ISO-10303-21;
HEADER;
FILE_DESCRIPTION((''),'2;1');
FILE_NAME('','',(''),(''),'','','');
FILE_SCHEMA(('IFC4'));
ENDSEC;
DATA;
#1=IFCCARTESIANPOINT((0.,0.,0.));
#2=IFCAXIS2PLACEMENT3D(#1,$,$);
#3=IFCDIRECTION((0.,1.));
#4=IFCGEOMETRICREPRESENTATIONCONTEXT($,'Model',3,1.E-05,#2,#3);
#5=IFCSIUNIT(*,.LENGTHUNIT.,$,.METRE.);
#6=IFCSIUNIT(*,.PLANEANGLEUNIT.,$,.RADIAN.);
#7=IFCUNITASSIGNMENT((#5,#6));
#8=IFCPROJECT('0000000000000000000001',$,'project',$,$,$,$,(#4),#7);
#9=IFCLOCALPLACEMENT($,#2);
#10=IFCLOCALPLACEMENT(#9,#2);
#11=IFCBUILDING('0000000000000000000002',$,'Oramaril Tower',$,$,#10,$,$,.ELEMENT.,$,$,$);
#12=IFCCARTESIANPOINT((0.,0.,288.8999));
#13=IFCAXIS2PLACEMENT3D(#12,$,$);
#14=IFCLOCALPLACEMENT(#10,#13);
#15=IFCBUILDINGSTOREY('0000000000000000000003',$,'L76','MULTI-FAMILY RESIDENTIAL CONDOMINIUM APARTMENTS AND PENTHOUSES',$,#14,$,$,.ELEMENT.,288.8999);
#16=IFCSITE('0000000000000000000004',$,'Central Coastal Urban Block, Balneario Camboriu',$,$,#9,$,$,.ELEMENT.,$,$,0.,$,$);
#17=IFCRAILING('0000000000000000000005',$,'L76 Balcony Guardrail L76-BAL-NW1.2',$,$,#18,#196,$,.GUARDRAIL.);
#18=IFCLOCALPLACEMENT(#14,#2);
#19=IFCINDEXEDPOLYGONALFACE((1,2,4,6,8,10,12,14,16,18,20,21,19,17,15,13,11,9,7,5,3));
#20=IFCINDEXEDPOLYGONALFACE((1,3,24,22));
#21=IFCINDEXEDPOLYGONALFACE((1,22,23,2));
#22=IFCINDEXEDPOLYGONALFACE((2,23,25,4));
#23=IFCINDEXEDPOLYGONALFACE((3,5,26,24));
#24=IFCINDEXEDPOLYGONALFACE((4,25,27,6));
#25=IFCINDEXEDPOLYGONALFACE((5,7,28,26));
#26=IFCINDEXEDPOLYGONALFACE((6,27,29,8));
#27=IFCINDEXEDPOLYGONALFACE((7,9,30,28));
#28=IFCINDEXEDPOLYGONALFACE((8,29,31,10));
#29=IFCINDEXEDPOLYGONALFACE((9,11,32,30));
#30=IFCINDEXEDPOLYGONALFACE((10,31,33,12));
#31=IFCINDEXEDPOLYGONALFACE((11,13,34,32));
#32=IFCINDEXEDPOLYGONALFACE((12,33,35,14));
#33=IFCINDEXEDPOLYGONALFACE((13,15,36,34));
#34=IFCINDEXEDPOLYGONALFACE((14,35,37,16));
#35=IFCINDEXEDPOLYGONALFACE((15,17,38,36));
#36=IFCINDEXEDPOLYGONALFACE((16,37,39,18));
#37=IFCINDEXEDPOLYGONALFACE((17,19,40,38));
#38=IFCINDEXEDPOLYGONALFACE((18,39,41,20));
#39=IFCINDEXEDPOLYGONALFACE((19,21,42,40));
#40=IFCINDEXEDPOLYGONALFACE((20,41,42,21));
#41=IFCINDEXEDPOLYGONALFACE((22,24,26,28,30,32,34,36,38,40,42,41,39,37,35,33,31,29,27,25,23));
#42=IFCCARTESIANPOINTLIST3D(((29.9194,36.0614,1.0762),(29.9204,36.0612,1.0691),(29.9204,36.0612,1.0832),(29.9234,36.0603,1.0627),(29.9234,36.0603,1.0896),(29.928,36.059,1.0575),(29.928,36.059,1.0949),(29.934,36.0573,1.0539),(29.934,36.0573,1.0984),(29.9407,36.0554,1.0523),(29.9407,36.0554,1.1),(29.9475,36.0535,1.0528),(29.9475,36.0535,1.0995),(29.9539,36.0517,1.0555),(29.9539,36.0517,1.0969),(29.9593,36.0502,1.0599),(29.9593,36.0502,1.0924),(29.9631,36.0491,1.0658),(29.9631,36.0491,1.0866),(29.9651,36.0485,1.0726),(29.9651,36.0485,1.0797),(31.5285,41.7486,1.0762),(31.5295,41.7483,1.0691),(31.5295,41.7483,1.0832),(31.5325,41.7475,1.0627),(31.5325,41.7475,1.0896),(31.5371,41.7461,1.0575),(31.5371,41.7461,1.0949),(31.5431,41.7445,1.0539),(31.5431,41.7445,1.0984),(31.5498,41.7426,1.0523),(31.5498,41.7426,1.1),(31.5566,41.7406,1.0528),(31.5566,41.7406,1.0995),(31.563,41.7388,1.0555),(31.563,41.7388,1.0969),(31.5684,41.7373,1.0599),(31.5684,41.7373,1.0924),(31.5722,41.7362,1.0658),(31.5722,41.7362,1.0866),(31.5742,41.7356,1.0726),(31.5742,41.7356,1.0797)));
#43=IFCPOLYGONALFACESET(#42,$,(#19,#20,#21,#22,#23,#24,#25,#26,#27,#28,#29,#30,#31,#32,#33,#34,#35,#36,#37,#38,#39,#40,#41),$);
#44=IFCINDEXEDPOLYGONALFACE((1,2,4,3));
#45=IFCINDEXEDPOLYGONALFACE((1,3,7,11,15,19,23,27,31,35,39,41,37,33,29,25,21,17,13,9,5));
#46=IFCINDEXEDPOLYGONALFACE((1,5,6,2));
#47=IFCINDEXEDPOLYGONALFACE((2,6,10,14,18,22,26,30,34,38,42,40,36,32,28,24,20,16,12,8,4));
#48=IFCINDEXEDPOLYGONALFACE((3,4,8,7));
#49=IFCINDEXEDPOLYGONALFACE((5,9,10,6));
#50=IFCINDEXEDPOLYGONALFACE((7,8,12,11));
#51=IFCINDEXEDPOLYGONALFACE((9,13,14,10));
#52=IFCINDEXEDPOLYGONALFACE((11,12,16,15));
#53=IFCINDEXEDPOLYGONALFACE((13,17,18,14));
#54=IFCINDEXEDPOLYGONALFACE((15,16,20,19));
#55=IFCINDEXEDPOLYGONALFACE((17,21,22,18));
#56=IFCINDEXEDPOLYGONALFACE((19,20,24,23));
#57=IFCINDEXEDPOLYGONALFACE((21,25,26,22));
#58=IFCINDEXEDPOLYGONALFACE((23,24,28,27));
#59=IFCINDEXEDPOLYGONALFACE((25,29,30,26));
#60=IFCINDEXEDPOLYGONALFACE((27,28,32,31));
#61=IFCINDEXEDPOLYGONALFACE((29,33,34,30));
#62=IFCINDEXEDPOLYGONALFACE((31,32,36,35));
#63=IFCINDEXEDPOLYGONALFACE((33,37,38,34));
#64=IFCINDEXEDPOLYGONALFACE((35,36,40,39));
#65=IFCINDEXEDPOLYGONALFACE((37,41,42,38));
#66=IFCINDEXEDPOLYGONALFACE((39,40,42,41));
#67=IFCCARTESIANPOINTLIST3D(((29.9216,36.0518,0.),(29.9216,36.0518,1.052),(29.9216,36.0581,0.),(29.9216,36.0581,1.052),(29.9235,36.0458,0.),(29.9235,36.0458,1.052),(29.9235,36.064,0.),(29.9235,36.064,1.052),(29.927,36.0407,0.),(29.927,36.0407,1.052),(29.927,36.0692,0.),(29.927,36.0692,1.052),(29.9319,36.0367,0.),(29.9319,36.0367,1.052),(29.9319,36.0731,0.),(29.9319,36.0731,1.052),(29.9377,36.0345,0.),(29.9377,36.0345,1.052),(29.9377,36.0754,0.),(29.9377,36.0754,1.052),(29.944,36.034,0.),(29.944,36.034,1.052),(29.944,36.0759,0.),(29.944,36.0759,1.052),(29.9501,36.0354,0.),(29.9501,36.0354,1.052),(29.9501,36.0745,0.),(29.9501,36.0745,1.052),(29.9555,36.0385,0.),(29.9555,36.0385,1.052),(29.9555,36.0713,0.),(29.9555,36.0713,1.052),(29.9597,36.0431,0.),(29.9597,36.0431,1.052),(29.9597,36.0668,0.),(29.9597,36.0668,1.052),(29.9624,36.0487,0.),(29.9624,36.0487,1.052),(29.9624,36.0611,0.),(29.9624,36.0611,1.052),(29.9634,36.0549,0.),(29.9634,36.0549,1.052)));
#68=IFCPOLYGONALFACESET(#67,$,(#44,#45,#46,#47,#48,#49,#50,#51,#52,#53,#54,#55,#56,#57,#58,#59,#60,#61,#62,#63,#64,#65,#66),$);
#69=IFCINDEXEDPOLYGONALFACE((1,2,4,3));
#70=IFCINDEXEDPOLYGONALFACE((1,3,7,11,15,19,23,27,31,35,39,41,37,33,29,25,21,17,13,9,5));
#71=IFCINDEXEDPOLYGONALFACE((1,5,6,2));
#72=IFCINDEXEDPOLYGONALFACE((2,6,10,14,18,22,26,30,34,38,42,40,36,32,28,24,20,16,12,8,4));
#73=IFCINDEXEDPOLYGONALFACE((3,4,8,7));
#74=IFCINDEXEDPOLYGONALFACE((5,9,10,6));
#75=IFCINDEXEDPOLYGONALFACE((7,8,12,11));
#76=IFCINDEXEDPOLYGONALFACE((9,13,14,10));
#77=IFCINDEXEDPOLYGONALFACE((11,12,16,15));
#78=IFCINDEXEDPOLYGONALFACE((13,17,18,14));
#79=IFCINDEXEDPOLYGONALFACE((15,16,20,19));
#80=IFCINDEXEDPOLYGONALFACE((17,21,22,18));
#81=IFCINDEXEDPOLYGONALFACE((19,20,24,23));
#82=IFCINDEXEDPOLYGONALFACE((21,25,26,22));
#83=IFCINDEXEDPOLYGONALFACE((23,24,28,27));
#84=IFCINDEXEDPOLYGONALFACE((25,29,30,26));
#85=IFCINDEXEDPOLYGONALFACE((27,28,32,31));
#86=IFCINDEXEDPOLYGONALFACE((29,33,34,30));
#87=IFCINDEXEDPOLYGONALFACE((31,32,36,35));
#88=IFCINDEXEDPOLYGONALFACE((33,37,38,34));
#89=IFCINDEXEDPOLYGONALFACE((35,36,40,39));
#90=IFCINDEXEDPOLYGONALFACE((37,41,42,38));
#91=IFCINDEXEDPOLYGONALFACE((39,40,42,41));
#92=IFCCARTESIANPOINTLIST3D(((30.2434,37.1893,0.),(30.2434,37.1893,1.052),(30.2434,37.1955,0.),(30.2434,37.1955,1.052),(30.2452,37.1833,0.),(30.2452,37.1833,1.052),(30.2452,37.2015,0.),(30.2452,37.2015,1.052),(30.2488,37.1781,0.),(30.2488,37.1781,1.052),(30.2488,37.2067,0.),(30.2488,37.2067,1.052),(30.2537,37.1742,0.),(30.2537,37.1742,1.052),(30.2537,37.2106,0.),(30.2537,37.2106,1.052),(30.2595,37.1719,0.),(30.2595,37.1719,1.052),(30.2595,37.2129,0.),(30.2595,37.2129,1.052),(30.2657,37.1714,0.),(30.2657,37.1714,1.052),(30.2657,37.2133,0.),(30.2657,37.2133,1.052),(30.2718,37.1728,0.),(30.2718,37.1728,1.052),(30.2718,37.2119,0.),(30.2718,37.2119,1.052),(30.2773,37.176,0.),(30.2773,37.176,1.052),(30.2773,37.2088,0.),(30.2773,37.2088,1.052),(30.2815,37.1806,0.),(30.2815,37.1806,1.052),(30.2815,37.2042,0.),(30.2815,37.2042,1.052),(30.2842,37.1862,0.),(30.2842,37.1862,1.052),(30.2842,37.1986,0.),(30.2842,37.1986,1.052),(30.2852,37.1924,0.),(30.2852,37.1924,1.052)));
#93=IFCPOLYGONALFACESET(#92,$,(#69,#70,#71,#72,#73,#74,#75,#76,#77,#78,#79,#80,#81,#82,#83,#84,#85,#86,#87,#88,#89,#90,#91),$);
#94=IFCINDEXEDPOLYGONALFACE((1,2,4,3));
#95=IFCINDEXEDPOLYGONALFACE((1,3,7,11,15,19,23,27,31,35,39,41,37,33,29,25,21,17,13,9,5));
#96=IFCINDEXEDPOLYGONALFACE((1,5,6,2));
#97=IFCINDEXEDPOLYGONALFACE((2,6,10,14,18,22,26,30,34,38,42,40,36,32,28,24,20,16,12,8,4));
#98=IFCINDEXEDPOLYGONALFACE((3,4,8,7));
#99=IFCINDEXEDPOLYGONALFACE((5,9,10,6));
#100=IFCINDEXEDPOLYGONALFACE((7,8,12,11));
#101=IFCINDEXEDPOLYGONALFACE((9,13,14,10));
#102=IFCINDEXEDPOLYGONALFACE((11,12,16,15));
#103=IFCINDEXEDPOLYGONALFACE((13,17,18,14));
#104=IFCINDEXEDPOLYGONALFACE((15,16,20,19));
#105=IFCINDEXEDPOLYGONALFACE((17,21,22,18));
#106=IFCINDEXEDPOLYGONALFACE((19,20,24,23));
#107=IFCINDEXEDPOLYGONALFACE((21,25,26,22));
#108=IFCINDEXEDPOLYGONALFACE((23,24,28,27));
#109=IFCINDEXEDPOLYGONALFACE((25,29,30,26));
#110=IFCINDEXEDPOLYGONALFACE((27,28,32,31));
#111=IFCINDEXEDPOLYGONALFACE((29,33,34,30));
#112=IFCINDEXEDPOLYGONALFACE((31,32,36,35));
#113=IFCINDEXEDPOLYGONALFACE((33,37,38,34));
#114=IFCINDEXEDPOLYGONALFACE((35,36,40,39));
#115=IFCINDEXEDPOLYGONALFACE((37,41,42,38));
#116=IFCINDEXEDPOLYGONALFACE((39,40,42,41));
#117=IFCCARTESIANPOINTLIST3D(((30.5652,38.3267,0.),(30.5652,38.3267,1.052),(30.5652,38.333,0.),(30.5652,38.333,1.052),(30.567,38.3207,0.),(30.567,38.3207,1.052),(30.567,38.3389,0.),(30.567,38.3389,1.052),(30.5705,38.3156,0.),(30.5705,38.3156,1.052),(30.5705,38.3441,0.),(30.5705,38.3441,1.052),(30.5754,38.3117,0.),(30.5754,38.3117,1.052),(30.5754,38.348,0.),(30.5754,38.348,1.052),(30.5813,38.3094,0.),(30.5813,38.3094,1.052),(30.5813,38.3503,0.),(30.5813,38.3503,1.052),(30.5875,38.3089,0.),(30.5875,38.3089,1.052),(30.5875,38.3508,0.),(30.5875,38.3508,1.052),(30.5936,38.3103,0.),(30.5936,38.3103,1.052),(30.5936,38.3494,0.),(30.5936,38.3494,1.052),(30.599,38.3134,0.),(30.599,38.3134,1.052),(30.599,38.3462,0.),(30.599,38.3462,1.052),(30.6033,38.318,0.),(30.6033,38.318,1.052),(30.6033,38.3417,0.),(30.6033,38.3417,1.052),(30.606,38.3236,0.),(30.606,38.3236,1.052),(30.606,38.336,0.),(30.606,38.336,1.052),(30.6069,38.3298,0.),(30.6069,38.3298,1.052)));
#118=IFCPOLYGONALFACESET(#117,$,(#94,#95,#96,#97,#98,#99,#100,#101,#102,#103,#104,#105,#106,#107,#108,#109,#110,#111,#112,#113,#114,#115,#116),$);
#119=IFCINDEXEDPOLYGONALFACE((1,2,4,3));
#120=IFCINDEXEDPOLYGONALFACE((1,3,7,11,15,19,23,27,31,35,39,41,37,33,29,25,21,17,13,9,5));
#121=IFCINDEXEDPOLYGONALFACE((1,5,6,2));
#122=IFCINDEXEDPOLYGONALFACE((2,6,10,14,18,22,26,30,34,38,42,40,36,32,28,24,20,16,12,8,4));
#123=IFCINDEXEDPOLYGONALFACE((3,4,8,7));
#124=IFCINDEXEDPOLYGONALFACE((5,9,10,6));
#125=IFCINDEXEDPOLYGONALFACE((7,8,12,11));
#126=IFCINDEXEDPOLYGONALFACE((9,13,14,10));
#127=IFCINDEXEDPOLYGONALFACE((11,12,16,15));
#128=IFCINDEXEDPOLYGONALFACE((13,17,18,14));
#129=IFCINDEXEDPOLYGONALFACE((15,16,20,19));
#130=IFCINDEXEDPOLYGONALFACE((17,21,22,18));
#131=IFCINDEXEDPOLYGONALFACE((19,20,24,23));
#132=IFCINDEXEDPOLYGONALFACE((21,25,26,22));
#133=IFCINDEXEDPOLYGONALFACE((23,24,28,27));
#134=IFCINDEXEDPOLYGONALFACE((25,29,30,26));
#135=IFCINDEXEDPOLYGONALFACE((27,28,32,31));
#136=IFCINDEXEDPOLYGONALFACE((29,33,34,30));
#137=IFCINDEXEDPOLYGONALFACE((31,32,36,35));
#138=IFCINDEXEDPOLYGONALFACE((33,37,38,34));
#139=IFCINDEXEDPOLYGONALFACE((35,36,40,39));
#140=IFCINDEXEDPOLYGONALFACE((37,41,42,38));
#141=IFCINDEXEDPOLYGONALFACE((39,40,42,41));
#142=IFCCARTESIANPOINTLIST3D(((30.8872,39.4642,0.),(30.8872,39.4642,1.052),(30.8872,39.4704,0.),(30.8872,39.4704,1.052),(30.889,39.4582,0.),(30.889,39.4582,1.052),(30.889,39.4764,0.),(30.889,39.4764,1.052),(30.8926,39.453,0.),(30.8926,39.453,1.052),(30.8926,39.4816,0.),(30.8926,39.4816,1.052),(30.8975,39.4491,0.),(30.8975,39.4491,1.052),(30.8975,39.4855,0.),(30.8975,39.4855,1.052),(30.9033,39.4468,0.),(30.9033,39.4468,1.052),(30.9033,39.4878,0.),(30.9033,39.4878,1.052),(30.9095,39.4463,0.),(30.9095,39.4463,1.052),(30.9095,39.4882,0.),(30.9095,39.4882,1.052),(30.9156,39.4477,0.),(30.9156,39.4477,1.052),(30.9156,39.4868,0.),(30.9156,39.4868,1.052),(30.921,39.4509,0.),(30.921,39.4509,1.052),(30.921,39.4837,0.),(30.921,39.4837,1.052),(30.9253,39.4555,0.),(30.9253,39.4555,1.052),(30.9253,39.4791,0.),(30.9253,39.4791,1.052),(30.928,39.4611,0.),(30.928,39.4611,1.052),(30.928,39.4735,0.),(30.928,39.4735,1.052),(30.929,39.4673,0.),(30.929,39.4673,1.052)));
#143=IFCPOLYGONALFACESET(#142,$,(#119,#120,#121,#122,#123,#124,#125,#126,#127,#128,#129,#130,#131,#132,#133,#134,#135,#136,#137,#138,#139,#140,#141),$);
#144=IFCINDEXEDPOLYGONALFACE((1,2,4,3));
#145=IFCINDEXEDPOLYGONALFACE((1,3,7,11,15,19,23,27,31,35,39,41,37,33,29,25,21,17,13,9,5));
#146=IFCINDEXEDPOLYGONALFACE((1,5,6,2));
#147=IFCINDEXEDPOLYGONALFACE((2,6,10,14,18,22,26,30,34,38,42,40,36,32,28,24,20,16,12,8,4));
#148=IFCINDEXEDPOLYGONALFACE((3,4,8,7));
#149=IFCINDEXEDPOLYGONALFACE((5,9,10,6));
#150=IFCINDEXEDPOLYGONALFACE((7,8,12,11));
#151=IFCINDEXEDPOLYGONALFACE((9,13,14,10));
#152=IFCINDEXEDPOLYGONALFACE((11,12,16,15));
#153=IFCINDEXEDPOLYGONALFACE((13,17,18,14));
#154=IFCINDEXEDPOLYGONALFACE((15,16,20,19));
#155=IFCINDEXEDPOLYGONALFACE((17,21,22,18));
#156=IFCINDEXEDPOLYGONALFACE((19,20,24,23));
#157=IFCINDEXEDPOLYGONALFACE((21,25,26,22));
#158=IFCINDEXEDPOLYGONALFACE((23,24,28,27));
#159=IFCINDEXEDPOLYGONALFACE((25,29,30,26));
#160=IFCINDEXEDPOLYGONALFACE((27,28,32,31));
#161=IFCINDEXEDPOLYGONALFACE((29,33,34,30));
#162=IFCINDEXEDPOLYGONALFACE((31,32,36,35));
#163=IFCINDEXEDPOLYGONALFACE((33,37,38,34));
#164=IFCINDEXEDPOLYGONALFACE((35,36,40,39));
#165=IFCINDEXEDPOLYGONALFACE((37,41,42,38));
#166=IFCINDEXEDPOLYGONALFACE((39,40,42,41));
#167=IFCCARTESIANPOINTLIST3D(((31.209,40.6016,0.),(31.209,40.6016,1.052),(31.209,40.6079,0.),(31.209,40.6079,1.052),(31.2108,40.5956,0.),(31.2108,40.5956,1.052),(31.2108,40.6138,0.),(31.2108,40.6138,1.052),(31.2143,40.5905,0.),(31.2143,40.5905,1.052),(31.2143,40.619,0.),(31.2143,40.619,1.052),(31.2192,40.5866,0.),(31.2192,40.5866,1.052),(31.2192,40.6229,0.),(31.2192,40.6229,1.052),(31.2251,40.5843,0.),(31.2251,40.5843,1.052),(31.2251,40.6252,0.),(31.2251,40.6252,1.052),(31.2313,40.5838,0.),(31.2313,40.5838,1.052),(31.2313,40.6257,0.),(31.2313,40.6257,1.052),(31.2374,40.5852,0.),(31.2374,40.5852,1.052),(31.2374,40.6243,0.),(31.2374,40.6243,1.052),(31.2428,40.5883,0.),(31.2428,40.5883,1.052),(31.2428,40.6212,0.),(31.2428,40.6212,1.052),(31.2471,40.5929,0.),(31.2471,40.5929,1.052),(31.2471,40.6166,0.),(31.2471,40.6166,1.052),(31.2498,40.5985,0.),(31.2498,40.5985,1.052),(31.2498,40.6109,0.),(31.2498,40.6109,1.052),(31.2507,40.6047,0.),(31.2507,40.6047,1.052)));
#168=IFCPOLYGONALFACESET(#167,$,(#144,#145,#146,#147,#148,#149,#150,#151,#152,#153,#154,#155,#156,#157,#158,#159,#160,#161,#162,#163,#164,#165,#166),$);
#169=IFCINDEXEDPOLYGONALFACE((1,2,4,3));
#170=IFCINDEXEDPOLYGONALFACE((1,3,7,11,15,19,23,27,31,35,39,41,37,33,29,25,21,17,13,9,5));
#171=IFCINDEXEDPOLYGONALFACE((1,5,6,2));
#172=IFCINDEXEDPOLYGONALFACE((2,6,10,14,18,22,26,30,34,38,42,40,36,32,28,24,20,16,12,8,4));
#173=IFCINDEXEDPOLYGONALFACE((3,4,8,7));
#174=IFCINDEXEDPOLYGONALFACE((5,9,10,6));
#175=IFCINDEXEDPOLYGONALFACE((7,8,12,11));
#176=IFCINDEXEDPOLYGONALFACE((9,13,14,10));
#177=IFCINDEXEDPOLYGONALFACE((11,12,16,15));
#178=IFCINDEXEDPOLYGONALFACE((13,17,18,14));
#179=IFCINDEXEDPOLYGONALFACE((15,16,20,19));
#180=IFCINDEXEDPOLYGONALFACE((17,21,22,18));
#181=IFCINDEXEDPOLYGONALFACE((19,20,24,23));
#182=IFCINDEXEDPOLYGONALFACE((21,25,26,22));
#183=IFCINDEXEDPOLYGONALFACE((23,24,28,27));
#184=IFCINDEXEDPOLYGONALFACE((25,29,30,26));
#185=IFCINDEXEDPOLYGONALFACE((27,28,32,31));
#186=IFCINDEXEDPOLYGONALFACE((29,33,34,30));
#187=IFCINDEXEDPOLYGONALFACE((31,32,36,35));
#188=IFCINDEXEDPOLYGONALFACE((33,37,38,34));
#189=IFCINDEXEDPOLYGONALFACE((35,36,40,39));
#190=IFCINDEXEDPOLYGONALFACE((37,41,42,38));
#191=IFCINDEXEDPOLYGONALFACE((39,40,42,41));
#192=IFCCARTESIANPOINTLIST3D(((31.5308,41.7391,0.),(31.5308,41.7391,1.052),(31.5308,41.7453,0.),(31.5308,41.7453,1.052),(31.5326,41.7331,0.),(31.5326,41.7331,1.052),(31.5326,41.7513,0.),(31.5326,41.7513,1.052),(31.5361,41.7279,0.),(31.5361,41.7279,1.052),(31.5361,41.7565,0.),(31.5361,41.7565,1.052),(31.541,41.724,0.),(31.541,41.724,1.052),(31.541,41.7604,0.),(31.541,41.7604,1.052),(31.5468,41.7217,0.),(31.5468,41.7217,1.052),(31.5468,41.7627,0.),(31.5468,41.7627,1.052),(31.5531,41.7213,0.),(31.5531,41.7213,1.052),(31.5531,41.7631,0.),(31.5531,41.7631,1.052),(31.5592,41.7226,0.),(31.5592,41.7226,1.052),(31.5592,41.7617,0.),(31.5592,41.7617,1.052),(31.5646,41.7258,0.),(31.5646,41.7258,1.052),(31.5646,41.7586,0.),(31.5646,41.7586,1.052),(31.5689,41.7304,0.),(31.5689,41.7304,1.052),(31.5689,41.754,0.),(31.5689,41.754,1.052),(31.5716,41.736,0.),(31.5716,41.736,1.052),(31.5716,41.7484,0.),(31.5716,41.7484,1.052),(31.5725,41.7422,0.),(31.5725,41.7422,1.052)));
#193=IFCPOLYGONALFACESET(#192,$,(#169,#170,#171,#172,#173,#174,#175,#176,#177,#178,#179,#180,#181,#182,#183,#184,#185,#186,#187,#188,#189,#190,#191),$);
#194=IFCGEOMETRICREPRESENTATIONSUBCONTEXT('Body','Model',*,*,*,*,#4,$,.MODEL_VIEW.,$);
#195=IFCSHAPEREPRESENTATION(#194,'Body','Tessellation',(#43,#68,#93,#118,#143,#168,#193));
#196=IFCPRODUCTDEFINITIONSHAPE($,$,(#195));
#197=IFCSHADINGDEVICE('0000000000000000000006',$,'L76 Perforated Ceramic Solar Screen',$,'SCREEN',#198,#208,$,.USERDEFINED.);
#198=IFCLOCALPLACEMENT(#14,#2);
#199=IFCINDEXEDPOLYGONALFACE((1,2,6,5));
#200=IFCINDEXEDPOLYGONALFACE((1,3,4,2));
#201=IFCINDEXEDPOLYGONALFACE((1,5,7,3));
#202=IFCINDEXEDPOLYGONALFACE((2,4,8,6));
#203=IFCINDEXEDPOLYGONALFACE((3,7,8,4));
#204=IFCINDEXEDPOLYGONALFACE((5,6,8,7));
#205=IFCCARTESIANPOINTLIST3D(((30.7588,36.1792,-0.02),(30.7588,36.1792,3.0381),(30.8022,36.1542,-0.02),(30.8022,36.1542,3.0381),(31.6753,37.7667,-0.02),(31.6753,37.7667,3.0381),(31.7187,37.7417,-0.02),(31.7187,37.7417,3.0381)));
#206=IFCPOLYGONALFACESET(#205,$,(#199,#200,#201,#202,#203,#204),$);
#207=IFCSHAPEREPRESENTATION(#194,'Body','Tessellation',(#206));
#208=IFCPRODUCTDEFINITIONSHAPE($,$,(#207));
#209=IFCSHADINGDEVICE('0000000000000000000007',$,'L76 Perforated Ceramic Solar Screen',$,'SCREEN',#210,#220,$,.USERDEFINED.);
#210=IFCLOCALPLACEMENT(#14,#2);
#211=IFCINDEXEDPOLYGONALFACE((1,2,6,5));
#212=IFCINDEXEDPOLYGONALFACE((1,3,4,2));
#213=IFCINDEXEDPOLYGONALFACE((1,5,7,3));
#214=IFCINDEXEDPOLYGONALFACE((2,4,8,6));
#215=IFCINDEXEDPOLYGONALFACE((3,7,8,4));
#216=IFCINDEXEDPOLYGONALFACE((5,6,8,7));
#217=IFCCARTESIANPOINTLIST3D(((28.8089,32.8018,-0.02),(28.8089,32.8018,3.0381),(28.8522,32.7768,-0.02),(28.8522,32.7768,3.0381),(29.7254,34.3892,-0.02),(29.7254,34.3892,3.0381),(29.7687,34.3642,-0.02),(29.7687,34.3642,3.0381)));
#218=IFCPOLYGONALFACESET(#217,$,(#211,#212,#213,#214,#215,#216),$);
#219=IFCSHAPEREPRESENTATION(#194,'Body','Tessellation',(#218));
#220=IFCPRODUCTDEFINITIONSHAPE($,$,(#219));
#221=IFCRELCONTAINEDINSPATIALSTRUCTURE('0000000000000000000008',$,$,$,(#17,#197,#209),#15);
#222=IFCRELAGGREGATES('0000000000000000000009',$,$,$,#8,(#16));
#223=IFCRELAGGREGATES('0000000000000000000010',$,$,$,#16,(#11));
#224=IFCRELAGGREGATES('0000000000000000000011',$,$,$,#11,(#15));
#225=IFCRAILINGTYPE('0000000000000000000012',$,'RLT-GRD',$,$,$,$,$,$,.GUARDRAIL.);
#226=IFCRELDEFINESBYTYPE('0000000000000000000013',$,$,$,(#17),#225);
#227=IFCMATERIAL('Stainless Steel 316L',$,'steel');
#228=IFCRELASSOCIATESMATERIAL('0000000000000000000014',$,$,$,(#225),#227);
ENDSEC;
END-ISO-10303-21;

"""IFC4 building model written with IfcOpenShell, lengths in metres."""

from ifc_helpers import new_model, si_unit, direction, frame, origin, origin_2d, place, context, subcontext, project, spatial, rectangle, circle, extrude, material, type_object, element, save


model = new_model("IFC4")

# Units and contexts
model_context = context("Model", 3, precision=1e-05, world=origin(), true_north=direction((0.0, 1.0)))
body_context = subcontext(model_context, "Body", "Model", "MODEL_VIEW")
ifc_project = project(units=[si_unit("LENGTHUNIT", "METRE"), si_unit("PLANEANGLEUNIT", "RADIAN")], contexts=[model_context])

# Site, building, storey
site_placement = place(None, origin())
site = spatial("IfcSite", under=ifc_project, at=site_placement, Name="Central Coastal Urban Block, Balneario Camboriu", CompositionType="ELEMENT", RefElevation=0.0)
building_placement = place(site_placement, origin())
building = spatial("IfcBuilding", under=site, at=building_placement, Name="Oramaril Tower", CompositionType="ELEMENT")
storey_placement = place(building_placement, frame((0.0, 0.0, 288.8999)))
storey = spatial("IfcBuildingStorey", under=building, at=storey_placement, Name="L76", Description="MULTI-FAMILY RESIDENTIAL CONDOMINIUM APARTMENTS AND PENTHOUSES", CompositionType="ELEMENT", Elevation=288.8999)

# Railing
ifc_material_1 = material(Name="Stainless Steel 316L", Category="steel")
railing_type = type_object("IfcRailingType", Name="RLT-GRD", PredefinedType="GUARDRAIL", material=ifc_material_1)
railing_1_placement = place(storey_placement, frame((29.9424, 36.0549, 0.0)))
element("IfcRailing", 1, at=railing_1_placement, inside=storey, type_object=railing_type, Name="L76 Balcony Guardrail L76-BAL-NW1.2", PredefinedType="GUARDRAIL", context=body_context, shape_type="SweptSolid", body=[
    extrude(circle(Radius=0.0239, at=origin_2d()), frame((0.0, 0.0, 1.0762), z_axis=(0.272249, 0.962227, 0.0), x_axis=(-0.962227, 0.272249, 0.0)), (0.0, 0.0, 1.0), 5.9104),
    extrude(circle(Radius=0.021, at=origin_2d()), origin(), (0.0, 0.0, 1.0), 1.052),
    extrude(circle(Radius=0.021, at=origin_2d()), frame((0.3218, 1.1375, 0.0)), (0.0, 0.0, 1.0), 1.052),
    extrude(circle(Radius=0.021, at=origin_2d()), frame((0.6436, 2.2749, 0.0)), (0.0, 0.0, 1.0), 1.052),
    extrude(circle(Radius=0.021, at=origin_2d()), frame((0.9656, 3.4124, 0.0)), (0.0, 0.0, 1.0), 1.052),
    extrude(circle(Radius=0.021, at=origin_2d()), frame((1.2874, 4.5498, 0.0)), (0.0, 0.0, 1.0), 1.052),
    extrude(circle(Radius=0.021, at=origin_2d()), frame((1.6091, 5.6873, 0.0)), (0.0, 0.0, 1.0), 1.052),
])

# Shading devices
for number, where, z_axis, x_axis, name in (
    (2, (31.2388, 36.9604, -0.02), (0.0, 0.0, 1.0), (-0.499998, -0.866026, 0.0), "L76 Perforated Ceramic Solar Screen"),
    (3, (29.2888, 33.583, -0.02), (0.0, 0.0, 1.0), (-0.499998, -0.866026, 0.0), "L76 Perforated Ceramic Solar Screen"),
):
    element("IfcShadingDevice", number, at=place(storey_placement, frame(where, z_axis=z_axis, x_axis=x_axis)), inside=storey, Name=name, ObjectType="SCREEN", PredefinedType="USERDEFINED", context=body_context, shape_type="SweptSolid", body=[
        extrude(rectangle(XDim=1.833, YDim=0.05, at=origin_2d()), origin(), (0.0, 0.0, 1.0), 3.0581),
    ])

save(model, "model.ifc")
